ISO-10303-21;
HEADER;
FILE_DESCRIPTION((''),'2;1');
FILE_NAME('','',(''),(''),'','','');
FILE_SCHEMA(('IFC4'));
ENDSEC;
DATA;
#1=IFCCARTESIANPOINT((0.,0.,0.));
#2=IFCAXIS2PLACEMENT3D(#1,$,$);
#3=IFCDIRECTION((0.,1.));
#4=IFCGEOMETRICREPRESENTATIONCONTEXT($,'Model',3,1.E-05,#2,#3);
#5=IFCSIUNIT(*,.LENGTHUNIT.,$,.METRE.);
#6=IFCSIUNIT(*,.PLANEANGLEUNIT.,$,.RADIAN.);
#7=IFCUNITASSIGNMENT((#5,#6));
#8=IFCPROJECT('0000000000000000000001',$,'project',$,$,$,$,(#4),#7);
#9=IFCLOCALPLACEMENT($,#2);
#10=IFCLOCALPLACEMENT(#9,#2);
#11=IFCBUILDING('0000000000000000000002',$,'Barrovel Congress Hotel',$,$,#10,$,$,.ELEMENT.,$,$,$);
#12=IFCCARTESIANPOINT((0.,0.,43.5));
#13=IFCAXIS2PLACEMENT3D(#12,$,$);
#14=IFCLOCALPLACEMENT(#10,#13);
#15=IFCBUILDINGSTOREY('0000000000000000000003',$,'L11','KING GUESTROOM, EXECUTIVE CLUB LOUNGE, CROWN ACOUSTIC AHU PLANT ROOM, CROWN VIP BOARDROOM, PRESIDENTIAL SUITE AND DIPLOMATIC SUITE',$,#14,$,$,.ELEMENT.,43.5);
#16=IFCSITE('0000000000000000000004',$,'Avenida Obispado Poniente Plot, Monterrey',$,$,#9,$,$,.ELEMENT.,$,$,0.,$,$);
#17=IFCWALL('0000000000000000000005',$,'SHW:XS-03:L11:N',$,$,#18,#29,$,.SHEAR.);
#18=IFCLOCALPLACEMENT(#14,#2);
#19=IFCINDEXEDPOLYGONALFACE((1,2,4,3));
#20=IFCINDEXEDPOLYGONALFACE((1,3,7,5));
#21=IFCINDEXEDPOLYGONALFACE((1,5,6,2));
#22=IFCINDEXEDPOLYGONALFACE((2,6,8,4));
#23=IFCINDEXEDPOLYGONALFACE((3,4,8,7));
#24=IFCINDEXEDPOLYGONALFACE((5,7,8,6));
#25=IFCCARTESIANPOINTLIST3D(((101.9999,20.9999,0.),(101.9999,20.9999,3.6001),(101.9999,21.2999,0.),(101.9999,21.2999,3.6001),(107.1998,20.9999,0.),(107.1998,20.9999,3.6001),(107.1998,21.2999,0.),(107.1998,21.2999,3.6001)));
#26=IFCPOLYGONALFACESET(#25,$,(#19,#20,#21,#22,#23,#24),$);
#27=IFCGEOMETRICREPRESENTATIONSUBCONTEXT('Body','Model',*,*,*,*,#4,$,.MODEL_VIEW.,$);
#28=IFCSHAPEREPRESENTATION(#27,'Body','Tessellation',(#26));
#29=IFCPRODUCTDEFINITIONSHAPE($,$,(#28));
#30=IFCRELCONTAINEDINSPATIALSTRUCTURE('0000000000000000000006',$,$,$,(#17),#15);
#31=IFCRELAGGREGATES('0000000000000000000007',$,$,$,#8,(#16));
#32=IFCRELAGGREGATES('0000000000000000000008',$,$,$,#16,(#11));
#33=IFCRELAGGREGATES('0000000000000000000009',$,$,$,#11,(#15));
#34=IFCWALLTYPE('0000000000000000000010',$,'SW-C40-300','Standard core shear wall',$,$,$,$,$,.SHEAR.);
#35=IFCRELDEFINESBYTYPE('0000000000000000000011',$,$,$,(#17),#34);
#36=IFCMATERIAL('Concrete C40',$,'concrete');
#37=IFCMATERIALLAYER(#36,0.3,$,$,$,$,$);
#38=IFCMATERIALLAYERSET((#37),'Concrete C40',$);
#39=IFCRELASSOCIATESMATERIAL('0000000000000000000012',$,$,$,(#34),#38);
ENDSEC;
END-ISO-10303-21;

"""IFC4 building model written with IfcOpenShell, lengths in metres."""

from ifc_helpers import new_model, si_unit, direction, frame, frame_2d, origin, place, context, subcontext, project, spatial, rectangle, extrude, material, layer, layer_set, type_object, element, save


model = new_model("IFC4")

# Units and contexts
model_context = context("Model", 3, precision=1e-05, world=origin(), true_north=direction((0.0, 1.0)))
body_context = subcontext(model_context, "Body", "Model", "MODEL_VIEW")
ifc_project = project(units=[si_unit("LENGTHUNIT", "METRE"), si_unit("PLANEANGLEUNIT", "RADIAN")], contexts=[model_context])

# Site, building, storey
site_placement = place(None, origin())
site = spatial("IfcSite", under=ifc_project, at=site_placement, Name="Avenida Obispado Poniente Plot, Monterrey", CompositionType="ELEMENT", RefElevation=0.0)
building_placement = place(site_placement, origin())
building = spatial("IfcBuilding", under=site, at=building_placement, Name="Barrovel Congress Hotel", CompositionType="ELEMENT")
storey_placement = place(building_placement, frame((0.0, 0.0, 43.5)))
storey = spatial("IfcBuildingStorey", under=building, at=storey_placement, Name="L11", Description="KING GUESTROOM, EXECUTIVE CLUB LOUNGE, CROWN ACOUSTIC AHU PLANT ROOM, CROWN VIP BOARDROOM, PRESIDENTIAL SUITE AND DIPLOMATIC SUITE", CompositionType="ELEMENT", Elevation=43.5)

# Shared definitions
ifc_material_1 = material(Name="Concrete C40", Category="concrete")

# Wall
ifc_layer_1 = layer(ifc_material_1, 0.3)
ifc_layer_set_1 = layer_set([ifc_layer_1], Name="Concrete C40")
wall_type_1 = type_object("IfcWallType", Name="SW-C40-300", Description="Standard core shear wall", PredefinedType="SHEAR", material=ifc_layer_set_1)
wall_1_placement = place(storey_placement, frame((107.2, 21.1499, 0.0), z_axis=(0.0, 0.0, 1.0), x_axis=(-1.0, 0.0, 0.0)))
element("IfcWall", 1, at=wall_1_placement, inside=storey, type_object=wall_type_1, Name="SHW:XS-03:L11:N", PredefinedType="SHEAR", context=body_context, shape_type="SweptSolid", body=[
    extrude(rectangle(XDim=5.2, YDim=0.3, at=frame_2d((2.6001, 0.0))), origin(), (0.0, 0.0, 1.0), 3.6001),
])

save(model, "model.ifc")
